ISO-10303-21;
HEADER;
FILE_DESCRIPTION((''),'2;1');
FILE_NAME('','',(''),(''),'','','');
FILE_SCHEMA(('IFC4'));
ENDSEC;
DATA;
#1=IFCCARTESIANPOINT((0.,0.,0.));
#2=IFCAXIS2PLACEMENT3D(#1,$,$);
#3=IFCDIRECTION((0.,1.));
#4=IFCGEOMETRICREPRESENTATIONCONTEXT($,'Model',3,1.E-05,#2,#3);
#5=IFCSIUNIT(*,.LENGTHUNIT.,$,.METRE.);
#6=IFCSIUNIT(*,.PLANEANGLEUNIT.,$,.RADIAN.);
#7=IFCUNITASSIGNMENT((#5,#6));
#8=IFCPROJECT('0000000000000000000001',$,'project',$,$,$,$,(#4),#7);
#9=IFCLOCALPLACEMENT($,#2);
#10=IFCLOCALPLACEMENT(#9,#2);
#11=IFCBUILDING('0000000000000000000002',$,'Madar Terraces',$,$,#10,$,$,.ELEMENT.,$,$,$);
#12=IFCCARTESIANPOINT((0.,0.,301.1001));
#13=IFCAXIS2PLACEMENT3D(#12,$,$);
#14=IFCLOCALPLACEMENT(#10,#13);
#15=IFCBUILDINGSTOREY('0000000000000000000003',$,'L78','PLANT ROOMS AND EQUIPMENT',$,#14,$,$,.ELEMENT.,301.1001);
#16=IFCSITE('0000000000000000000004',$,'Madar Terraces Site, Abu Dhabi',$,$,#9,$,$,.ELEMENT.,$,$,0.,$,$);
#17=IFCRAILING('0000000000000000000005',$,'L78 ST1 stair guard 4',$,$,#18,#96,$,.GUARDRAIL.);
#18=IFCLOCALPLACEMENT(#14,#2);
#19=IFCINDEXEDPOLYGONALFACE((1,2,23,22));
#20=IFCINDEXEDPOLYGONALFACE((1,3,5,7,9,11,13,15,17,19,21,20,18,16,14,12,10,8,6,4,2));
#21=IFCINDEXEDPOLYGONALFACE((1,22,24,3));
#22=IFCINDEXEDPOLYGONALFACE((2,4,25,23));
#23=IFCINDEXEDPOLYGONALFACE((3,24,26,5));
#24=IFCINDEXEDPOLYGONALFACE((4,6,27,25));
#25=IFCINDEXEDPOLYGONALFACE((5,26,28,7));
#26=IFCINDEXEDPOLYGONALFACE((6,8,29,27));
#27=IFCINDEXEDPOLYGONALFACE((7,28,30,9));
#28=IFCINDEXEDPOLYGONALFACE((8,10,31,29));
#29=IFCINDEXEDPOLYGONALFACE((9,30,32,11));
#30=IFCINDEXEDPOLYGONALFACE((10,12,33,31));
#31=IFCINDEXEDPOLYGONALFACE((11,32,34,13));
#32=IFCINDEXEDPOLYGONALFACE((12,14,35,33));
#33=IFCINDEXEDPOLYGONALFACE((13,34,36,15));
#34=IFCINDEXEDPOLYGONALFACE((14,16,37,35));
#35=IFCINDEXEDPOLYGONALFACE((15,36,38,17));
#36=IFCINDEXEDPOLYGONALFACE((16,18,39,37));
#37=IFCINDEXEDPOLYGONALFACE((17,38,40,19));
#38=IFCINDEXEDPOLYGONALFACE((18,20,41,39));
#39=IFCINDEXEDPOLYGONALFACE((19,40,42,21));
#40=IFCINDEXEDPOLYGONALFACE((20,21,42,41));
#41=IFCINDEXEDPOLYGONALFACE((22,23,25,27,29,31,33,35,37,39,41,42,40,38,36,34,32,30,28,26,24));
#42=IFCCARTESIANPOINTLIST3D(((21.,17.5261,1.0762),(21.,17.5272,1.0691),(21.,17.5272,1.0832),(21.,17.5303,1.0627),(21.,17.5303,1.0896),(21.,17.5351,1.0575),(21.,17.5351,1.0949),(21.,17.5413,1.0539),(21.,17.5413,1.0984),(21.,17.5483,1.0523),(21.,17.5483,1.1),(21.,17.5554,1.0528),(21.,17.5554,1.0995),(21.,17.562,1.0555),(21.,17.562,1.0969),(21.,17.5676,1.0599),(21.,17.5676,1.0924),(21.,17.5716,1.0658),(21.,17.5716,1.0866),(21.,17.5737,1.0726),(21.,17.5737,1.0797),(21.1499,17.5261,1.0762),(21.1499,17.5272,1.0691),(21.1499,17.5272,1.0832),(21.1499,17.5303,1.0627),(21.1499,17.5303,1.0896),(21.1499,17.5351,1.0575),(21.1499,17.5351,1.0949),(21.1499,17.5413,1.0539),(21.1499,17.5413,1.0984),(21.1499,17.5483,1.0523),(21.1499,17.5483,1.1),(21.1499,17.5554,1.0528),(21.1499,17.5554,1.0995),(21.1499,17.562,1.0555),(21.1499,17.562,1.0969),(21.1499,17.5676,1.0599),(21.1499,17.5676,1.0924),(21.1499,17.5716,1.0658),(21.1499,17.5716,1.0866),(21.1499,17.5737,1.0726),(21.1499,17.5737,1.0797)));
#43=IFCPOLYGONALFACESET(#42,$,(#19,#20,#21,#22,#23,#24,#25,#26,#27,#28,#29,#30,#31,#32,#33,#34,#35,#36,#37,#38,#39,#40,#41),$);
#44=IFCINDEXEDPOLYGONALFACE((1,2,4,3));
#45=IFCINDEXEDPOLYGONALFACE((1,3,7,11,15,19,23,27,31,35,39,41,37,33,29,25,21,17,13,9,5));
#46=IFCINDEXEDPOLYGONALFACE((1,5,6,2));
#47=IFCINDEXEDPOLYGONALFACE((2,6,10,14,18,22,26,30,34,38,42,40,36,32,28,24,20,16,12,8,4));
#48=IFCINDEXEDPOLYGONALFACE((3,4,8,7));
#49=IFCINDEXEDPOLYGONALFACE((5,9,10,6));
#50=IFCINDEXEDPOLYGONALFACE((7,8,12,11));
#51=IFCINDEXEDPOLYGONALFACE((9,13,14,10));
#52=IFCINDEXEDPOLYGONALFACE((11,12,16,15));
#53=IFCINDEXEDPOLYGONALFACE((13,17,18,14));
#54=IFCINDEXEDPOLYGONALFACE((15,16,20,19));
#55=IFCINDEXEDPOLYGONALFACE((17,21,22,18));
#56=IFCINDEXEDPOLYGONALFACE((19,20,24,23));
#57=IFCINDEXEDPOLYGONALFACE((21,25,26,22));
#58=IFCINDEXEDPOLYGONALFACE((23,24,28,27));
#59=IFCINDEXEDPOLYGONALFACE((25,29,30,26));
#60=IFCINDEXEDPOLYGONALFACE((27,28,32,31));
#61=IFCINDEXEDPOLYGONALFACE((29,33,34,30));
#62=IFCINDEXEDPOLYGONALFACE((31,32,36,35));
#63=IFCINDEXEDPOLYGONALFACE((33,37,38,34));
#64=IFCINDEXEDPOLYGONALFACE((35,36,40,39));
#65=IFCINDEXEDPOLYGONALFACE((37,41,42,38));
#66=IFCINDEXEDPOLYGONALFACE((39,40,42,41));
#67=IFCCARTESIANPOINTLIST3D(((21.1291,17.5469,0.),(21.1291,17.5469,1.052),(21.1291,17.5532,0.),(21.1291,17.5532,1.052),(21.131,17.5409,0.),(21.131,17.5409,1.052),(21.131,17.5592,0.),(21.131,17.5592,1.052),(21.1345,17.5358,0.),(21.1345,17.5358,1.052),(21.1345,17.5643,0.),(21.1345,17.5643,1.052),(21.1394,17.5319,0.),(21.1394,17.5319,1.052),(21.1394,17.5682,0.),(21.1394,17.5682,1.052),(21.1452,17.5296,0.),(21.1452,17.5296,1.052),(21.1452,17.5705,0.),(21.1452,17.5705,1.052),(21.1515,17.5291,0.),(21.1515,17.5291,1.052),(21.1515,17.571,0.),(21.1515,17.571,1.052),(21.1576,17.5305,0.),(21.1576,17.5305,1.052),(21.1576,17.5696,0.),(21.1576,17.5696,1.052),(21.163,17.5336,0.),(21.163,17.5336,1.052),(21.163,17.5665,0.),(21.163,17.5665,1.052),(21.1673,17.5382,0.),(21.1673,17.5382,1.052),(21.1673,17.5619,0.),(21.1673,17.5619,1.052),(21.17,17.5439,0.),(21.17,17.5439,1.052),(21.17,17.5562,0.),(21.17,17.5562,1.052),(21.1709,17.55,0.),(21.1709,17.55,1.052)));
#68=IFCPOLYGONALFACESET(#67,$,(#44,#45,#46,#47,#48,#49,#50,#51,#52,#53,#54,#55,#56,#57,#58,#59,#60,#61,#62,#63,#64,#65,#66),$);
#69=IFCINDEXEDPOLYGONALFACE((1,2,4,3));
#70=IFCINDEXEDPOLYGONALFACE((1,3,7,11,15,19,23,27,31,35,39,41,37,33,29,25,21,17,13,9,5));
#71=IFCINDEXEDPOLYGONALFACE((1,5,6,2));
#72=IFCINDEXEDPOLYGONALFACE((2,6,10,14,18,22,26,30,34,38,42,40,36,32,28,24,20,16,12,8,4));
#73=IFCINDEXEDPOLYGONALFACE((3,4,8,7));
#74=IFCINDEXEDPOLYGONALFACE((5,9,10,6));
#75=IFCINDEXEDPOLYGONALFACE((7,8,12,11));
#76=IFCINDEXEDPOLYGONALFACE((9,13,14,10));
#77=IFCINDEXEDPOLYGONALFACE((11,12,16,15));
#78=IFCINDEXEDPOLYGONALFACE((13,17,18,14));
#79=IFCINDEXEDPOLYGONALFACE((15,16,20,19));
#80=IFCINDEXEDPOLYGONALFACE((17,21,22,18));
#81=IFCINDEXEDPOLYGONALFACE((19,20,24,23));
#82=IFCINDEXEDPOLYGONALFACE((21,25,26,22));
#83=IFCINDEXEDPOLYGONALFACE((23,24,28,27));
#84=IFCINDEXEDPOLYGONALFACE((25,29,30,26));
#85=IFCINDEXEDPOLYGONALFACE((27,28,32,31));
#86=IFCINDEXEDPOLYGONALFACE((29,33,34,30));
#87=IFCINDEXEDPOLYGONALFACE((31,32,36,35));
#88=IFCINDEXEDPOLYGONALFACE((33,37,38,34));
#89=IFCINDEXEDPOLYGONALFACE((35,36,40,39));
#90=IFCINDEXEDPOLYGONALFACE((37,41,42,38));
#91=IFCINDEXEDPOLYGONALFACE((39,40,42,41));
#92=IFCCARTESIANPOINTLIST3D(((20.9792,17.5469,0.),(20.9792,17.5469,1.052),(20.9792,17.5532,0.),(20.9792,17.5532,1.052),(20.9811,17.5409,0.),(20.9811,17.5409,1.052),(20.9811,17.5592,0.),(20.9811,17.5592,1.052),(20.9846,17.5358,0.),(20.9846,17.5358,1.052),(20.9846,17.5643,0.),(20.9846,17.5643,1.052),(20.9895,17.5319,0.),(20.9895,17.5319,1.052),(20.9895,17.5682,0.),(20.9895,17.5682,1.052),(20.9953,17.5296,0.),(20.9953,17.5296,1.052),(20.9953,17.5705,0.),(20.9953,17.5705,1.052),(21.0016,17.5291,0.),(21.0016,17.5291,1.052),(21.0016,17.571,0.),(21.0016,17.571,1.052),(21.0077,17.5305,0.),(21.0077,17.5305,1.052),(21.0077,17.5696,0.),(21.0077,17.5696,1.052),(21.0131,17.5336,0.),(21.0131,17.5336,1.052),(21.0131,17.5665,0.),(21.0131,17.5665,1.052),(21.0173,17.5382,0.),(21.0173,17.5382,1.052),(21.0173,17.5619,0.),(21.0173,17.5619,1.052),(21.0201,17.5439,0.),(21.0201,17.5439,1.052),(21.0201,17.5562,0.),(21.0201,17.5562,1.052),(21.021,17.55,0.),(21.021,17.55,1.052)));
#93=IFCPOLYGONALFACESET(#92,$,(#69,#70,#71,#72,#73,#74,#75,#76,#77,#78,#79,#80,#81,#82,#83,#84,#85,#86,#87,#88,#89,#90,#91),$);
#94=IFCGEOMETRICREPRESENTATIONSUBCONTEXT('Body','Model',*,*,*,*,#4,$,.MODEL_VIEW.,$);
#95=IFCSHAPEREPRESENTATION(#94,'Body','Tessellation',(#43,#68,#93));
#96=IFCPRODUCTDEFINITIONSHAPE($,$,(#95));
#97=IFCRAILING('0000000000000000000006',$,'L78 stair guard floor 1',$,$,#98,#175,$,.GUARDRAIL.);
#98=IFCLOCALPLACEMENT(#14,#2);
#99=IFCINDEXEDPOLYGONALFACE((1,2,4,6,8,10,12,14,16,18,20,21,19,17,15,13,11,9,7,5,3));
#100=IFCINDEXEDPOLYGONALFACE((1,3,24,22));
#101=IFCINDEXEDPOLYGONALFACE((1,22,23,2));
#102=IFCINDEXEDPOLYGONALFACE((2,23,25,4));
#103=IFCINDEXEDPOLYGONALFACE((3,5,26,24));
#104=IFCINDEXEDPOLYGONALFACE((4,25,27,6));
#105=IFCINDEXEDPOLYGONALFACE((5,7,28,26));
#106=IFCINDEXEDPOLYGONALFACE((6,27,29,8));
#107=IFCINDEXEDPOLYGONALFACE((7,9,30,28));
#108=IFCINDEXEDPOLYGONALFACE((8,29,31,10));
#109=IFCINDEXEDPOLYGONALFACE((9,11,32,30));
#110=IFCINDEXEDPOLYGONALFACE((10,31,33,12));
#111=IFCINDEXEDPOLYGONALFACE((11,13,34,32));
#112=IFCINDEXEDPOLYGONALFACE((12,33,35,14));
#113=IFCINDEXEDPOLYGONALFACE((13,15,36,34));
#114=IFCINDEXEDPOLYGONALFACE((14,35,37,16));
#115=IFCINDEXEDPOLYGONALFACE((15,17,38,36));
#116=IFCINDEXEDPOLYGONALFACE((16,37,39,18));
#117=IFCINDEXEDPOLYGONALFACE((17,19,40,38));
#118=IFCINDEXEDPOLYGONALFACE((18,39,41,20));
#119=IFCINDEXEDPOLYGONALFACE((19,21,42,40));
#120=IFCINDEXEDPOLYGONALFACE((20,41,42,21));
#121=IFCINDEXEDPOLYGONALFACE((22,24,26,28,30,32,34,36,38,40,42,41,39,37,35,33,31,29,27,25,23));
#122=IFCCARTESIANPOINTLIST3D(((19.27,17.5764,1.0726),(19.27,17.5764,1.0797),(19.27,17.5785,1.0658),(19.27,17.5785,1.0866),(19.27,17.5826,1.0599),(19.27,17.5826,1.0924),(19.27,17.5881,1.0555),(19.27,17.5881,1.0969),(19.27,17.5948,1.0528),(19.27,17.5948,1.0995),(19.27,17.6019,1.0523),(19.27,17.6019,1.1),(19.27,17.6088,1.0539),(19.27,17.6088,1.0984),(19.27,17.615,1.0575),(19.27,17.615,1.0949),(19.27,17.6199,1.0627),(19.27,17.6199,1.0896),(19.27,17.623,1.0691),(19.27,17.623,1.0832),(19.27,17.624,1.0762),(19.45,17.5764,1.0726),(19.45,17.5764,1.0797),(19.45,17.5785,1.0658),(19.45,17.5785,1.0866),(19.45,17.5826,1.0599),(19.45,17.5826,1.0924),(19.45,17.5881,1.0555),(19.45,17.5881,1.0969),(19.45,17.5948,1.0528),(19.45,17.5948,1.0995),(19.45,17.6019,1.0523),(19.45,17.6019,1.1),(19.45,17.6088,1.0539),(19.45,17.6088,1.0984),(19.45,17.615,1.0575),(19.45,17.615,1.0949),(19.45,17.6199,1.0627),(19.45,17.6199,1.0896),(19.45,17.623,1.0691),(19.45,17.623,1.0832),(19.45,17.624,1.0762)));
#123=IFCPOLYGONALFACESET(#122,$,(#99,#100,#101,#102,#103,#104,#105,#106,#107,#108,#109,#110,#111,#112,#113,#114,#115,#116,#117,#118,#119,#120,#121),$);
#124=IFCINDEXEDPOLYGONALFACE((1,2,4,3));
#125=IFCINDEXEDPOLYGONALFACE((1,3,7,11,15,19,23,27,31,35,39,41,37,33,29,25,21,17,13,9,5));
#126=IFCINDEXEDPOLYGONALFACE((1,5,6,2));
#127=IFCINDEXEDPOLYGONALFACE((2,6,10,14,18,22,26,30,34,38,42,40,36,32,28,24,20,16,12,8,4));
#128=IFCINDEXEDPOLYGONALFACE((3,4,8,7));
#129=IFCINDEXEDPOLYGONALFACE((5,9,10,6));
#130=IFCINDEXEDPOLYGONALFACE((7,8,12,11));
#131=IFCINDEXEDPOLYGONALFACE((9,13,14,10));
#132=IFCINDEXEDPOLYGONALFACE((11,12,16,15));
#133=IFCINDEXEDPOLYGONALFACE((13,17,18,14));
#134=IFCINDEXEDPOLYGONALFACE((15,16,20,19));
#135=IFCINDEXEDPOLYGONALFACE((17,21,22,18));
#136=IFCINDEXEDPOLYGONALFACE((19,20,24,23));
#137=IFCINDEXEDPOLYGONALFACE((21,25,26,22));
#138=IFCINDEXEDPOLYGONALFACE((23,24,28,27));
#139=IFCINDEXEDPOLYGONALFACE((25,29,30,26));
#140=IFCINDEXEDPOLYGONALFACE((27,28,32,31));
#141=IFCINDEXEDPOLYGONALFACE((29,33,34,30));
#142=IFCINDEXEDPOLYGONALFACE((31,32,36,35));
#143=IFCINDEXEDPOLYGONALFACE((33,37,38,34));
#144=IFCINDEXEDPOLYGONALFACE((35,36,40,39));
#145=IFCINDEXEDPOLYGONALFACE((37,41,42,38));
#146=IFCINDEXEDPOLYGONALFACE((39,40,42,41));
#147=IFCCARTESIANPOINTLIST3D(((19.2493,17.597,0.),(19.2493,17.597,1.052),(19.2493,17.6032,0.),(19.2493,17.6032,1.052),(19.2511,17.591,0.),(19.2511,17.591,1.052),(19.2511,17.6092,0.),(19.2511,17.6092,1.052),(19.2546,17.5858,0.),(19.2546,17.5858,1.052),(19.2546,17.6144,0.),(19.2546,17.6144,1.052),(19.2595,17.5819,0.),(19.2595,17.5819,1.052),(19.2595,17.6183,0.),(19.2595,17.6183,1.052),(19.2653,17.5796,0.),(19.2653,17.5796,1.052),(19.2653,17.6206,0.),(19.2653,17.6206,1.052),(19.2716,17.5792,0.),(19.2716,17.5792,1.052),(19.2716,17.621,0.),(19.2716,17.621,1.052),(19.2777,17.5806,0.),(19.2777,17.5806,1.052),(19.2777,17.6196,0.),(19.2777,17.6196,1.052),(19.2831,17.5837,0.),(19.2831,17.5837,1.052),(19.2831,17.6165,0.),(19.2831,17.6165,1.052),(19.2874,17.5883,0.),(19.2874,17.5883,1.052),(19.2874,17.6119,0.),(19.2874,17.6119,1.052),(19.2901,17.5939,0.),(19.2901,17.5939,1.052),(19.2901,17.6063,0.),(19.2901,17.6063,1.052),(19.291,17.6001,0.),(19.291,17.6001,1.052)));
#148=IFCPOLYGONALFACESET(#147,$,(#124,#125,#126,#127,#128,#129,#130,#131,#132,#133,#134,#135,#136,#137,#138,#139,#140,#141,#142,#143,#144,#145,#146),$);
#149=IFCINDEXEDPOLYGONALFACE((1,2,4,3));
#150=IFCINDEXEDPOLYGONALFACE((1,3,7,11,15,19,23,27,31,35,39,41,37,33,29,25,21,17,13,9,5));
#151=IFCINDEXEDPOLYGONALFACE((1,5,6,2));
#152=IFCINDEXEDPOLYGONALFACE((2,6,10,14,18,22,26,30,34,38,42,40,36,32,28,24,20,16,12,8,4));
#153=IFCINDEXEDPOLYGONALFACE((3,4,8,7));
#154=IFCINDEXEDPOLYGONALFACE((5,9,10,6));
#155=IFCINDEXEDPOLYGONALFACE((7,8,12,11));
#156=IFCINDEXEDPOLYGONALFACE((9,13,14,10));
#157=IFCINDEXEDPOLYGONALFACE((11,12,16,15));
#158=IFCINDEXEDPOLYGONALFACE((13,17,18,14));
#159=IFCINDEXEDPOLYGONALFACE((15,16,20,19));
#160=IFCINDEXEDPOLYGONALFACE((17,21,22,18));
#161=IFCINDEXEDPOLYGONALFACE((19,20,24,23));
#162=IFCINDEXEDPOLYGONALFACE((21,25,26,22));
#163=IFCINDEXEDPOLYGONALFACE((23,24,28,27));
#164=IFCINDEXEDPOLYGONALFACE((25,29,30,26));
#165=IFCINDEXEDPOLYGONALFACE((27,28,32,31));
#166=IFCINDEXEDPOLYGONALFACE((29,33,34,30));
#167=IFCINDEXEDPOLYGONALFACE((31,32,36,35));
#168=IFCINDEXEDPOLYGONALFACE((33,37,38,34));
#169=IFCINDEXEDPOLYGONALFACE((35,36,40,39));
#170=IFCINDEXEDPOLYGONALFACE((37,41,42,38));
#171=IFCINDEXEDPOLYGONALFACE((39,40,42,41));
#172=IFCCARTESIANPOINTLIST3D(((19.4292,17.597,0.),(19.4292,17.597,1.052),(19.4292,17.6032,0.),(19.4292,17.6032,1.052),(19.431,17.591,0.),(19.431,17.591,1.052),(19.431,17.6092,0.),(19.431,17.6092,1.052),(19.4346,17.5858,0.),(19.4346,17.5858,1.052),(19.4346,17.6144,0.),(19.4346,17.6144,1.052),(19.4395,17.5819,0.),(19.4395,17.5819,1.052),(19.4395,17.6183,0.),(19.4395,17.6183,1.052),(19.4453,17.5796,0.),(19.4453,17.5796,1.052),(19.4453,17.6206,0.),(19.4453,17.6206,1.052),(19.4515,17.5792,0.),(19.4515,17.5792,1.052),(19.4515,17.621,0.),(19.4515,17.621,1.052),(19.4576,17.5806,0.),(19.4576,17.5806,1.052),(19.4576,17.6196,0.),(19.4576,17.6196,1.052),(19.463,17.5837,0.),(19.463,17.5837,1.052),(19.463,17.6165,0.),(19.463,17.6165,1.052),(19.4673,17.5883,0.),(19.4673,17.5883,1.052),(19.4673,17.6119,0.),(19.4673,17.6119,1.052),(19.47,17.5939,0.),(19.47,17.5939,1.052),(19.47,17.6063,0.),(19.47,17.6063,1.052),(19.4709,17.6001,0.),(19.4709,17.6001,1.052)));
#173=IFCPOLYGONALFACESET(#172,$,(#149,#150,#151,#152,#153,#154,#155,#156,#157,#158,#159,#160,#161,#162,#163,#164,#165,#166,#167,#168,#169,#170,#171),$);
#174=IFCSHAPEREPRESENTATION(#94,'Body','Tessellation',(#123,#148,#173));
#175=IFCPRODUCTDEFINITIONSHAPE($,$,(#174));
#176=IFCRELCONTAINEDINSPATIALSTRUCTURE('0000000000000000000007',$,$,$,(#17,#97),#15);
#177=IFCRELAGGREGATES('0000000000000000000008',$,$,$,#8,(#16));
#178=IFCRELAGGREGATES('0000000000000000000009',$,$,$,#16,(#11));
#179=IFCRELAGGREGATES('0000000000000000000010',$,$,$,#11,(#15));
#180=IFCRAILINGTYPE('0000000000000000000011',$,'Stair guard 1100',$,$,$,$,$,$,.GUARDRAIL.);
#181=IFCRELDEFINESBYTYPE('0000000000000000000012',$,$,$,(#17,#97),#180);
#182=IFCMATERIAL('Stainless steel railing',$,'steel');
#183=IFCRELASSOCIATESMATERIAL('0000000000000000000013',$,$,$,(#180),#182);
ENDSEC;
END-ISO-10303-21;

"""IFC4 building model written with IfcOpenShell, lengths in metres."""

from ifc_helpers import new_model, si_unit, direction, frame, origin, origin_2d, place, context, subcontext, project, spatial, circle, extrude, material, type_object, element, save


model = new_model("IFC4")

# Units and contexts
model_context = context("Model", 3, precision=1e-05, world=origin(), true_north=direction((0.0, 1.0)))
body_context = subcontext(model_context, "Body", "Model", "MODEL_VIEW")
ifc_project = project(units=[si_unit("LENGTHUNIT", "METRE"), si_unit("PLANEANGLEUNIT", "RADIAN")], contexts=[model_context])

# Site, building, storey
site_placement = place(None, origin())
site = spatial("IfcSite", under=ifc_project, at=site_placement, Name="Madar Terraces Site, Abu Dhabi", CompositionType="ELEMENT", RefElevation=0.0)
building_placement = place(site_placement, origin())
building = spatial("IfcBuilding", under=site, at=building_placement, Name="Madar Terraces", CompositionType="ELEMENT")
storey_placement = place(building_placement, frame((0.0, 0.0, 301.1001)))
storey = spatial("IfcBuildingStorey", under=building, at=storey_placement, Name="L78", Description="PLANT ROOMS AND EQUIPMENT", CompositionType="ELEMENT", Elevation=301.1001)

# Railings
ifc_material_1 = material(Name="Stainless steel railing", Category="steel")
railing_type_1 = type_object("IfcRailingType", Name="Stair guard 1100", PredefinedType="GUARDRAIL", material=ifc_material_1)
railing_1_placement = place(storey_placement, frame((21.1499, 17.55, 0.0)))
element("IfcRailing", 1, at=railing_1_placement, inside=storey, type_object=railing_type_1, Name="L78 ST1 stair guard 4", PredefinedType="GUARDRAIL", context=body_context, shape_type="SweptSolid", body=[
    extrude(circle(Radius=0.0239, at=origin_2d()), frame((0.0, 0.0, 1.0762), z_axis=(-1.0, 0.0, 0.0), x_axis=(0.0, -1.0, 0.0)), (0.0, 0.0, 1.0), 0.1499),
    extrude(circle(Radius=0.021, at=origin_2d()), origin(), (0.0, 0.0, 1.0), 1.052),
    extrude(circle(Radius=0.021, at=origin_2d()), frame((-0.1499, 0.0, 0.0)), (0.0, 0.0, 1.0), 1.052),
])
for number, where, name in (
    (2, (19.27, 17.6001, 0.0), "L78 stair guard floor 1"),
):
    element("IfcRailing", number, at=place(storey_placement, frame(where)), inside=storey, type_object=railing_type_1, Name=name, PredefinedType="GUARDRAIL", context=body_context, shape_type="SweptSolid", body=[
        extrude(circle(Radius=0.0239, at=origin_2d()), frame((0.0, 0.0, 1.0762), z_axis=(1.0, 0.0, 0.0), x_axis=(0.0, 1.0, 0.0)), (0.0, 0.0, 1.0), 0.1799),
        extrude(circle(Radius=0.021, at=origin_2d()), origin(), (0.0, 0.0, 1.0), 1.052),
        extrude(circle(Radius=0.021, at=origin_2d()), frame((0.1799, 0.0, 0.0)), (0.0, 0.0, 1.0), 1.052),
    ])

save(model, "model.ifc")
